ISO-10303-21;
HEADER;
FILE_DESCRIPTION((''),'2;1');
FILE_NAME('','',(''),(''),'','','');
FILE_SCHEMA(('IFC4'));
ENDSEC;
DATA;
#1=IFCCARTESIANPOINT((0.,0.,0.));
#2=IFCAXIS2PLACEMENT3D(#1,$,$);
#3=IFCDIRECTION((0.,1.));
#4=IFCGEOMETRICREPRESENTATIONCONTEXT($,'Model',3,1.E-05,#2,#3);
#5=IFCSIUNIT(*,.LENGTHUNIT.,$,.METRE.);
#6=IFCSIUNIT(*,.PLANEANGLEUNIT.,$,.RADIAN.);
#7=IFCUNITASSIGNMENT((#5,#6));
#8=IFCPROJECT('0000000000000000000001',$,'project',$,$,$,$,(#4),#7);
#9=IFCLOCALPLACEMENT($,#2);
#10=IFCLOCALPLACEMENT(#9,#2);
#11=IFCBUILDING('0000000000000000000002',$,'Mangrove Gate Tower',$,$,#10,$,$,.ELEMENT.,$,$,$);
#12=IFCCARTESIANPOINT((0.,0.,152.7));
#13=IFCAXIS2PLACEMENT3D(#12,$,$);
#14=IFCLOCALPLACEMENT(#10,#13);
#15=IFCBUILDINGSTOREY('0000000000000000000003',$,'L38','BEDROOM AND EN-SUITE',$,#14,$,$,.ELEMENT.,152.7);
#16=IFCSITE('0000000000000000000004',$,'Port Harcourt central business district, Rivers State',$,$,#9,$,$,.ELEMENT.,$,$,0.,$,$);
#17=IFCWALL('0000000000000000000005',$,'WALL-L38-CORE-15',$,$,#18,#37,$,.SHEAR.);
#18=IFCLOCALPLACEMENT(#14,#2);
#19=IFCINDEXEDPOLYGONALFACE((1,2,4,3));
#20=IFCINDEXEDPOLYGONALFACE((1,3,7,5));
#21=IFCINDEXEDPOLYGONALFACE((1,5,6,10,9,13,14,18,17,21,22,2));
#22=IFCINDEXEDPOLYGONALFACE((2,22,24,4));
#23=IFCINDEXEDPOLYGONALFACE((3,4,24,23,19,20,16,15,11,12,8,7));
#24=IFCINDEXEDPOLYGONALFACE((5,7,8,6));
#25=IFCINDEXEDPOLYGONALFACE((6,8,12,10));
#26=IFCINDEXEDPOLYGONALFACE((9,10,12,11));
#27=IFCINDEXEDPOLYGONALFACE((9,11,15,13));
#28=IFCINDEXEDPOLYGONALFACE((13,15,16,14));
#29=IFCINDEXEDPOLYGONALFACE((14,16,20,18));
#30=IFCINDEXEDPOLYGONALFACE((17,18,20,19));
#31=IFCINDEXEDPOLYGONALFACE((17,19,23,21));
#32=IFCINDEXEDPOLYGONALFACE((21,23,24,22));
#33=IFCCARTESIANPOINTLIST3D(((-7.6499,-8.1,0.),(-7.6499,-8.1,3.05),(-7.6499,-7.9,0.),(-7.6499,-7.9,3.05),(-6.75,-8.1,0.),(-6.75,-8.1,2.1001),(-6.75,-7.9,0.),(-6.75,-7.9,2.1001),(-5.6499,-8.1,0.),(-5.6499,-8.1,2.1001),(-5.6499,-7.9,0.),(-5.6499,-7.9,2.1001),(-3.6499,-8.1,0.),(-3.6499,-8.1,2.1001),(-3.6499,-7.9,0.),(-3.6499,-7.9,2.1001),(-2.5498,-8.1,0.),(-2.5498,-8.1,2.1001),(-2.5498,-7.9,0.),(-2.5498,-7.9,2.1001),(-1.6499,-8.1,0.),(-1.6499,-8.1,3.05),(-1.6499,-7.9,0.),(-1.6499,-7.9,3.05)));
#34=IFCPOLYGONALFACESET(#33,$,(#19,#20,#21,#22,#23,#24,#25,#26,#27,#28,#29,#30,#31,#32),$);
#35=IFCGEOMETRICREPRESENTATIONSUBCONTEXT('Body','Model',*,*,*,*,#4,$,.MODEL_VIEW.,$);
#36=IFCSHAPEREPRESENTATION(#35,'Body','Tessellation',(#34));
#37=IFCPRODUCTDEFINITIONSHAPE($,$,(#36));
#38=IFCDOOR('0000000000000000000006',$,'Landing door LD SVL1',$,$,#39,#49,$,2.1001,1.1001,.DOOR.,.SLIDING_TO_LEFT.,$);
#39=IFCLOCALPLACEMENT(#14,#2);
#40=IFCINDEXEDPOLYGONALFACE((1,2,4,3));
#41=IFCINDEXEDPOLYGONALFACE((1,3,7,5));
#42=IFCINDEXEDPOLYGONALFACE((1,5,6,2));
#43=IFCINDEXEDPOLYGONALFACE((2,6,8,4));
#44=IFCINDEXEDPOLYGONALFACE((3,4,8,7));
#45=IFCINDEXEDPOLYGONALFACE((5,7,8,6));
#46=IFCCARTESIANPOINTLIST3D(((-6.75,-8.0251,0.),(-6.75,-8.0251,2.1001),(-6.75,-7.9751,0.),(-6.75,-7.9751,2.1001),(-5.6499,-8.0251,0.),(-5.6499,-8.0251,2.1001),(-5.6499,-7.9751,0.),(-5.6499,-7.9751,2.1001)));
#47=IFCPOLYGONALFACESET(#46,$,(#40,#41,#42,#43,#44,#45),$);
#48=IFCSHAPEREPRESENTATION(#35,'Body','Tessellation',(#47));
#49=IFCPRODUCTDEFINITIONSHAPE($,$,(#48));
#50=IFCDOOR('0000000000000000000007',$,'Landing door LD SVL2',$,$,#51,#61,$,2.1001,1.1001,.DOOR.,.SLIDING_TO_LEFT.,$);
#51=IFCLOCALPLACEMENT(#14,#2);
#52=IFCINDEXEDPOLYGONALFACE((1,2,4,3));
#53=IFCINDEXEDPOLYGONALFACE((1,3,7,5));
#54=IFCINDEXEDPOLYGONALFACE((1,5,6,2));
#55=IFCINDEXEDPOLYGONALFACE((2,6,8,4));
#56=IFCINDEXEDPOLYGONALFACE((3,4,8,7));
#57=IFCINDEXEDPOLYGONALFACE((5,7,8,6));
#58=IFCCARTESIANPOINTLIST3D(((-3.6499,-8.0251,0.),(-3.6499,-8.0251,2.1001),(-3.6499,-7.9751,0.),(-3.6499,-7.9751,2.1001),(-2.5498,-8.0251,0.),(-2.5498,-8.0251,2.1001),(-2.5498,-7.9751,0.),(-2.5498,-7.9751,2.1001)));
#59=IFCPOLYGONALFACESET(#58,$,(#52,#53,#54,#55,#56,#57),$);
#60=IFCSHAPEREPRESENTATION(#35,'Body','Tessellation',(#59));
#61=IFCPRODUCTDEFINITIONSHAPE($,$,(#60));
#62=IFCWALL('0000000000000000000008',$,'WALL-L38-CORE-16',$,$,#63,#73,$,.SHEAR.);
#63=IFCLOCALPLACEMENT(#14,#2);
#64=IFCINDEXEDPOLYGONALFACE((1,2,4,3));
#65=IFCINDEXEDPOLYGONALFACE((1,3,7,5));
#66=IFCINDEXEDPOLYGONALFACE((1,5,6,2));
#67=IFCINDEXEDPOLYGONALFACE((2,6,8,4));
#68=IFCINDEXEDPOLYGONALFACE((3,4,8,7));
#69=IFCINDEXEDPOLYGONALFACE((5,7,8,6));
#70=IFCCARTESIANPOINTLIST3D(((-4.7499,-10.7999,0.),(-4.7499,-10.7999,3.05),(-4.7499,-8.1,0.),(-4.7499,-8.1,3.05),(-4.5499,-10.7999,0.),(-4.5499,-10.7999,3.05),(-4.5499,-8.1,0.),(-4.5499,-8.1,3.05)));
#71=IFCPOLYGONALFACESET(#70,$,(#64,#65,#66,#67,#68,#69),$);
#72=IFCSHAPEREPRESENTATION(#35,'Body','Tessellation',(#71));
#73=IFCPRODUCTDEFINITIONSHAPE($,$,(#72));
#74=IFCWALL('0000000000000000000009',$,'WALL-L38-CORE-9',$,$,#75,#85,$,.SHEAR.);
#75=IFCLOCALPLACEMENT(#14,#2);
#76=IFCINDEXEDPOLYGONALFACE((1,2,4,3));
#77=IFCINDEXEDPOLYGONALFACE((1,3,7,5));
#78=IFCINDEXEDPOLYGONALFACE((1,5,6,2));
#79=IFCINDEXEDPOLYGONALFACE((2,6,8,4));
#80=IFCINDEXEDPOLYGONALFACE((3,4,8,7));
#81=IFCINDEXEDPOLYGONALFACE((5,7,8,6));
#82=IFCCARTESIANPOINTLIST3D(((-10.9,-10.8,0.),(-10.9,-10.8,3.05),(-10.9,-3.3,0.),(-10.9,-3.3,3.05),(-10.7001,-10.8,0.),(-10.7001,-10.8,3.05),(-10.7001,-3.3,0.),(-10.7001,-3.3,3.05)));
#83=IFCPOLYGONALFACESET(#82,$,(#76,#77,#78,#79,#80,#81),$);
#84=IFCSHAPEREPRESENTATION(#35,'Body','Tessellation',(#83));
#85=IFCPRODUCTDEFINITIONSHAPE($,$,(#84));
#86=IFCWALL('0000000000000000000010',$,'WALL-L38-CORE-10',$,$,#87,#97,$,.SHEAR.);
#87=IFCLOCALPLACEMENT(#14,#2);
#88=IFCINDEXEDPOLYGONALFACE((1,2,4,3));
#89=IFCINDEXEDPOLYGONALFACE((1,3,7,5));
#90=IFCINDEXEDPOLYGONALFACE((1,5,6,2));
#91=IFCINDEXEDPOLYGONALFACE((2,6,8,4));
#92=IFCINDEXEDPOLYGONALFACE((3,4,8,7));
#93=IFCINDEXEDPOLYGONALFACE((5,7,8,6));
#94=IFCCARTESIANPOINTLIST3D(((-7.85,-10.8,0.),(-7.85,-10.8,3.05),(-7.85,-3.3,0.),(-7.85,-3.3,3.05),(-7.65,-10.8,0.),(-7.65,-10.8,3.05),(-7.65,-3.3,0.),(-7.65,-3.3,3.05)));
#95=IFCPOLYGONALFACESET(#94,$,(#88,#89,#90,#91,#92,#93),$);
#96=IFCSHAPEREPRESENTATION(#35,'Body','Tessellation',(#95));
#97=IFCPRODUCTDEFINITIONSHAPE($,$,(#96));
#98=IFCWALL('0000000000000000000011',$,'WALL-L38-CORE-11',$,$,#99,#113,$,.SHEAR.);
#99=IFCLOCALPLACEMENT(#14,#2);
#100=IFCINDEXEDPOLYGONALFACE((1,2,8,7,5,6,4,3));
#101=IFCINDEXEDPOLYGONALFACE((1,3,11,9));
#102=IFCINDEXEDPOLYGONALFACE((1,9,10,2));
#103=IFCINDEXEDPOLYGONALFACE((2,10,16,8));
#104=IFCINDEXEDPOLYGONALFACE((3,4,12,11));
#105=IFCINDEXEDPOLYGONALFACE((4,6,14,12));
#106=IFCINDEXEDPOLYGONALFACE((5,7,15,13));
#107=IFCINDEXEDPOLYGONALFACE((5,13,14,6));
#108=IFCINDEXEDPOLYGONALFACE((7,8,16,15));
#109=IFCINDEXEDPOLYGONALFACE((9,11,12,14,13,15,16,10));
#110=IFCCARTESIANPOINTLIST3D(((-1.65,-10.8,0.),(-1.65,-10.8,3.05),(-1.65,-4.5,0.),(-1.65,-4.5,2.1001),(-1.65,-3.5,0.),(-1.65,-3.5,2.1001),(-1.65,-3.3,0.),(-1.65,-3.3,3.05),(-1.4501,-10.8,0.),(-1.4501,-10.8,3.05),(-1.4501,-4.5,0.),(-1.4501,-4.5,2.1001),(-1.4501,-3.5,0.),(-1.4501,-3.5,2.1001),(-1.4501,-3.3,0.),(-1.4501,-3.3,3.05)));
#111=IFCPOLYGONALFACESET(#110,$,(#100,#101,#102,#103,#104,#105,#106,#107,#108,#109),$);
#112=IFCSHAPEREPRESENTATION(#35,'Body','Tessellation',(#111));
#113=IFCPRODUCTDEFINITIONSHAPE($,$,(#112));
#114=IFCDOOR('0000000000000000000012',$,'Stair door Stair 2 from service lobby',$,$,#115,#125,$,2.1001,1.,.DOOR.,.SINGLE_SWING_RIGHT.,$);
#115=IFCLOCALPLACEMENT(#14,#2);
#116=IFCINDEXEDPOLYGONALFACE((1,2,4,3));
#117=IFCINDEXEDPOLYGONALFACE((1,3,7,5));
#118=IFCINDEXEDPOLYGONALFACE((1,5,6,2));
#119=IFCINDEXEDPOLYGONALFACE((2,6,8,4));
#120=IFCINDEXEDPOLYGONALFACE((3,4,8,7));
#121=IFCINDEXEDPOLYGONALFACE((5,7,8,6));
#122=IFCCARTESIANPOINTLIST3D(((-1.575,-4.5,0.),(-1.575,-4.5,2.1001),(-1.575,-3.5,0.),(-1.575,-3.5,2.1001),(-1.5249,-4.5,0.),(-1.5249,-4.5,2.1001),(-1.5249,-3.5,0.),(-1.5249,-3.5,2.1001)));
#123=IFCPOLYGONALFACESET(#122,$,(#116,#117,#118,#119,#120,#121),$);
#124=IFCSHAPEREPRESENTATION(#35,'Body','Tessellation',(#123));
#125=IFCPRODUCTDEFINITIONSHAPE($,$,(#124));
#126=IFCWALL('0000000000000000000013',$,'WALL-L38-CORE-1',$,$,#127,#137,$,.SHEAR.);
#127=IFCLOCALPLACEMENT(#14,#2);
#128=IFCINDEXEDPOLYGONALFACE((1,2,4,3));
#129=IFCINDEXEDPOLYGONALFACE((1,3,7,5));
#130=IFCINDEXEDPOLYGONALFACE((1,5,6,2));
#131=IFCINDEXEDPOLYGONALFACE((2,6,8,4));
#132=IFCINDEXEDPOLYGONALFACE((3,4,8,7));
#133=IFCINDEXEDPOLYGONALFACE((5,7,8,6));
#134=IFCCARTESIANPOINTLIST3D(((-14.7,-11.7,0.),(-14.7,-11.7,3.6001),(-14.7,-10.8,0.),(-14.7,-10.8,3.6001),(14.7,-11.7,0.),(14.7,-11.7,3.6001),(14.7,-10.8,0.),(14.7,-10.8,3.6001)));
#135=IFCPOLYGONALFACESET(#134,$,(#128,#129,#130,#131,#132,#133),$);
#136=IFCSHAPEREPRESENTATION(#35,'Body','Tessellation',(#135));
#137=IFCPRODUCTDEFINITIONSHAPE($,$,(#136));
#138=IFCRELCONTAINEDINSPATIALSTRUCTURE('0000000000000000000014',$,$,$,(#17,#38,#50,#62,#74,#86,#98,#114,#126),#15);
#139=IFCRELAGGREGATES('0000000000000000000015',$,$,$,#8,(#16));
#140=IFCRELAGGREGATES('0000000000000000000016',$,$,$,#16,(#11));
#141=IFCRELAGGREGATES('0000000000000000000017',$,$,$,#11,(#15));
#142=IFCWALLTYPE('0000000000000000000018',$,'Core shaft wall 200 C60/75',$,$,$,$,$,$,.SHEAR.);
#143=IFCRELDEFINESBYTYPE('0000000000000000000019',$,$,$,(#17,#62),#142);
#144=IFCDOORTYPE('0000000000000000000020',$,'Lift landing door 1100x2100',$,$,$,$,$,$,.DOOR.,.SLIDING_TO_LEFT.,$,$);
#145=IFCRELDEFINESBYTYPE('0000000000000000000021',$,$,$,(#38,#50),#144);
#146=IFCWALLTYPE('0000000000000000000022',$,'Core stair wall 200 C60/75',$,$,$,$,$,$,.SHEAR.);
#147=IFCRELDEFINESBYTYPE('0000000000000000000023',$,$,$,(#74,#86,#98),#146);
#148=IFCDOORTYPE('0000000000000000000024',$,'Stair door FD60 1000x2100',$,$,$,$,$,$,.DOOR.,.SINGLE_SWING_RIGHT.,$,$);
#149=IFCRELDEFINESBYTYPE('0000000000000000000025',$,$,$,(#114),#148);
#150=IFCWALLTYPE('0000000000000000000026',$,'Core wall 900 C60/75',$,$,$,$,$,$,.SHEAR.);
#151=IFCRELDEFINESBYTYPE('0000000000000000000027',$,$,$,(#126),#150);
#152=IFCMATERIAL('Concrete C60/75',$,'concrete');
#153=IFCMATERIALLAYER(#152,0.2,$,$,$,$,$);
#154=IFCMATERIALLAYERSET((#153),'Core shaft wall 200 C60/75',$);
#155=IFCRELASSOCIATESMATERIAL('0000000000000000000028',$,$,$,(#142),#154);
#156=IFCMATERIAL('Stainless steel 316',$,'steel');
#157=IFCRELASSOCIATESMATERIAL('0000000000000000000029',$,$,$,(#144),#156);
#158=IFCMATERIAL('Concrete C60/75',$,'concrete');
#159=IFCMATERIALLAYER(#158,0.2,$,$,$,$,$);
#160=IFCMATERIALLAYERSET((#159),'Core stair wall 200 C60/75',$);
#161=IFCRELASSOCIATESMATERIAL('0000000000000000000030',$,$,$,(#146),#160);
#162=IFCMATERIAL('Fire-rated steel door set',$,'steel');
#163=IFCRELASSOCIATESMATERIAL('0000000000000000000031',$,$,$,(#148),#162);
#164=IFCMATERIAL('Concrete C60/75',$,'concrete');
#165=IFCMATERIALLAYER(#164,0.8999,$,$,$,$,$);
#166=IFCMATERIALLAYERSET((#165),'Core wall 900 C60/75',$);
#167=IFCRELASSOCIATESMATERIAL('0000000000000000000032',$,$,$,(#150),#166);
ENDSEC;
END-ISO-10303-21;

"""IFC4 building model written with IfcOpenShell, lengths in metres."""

from ifc_helpers import new_model, si_unit, direction, frame, frame_2d, origin, place, context, subcontext, project, spatial, rectangle, extrude, material, layer, layer_set, type_object, element, fill, save


model = new_model("IFC4")

# Units and contexts
model_context = context("Model", 3, precision=1e-05, world=origin(), true_north=direction((0.0, 1.0)))
body_context = subcontext(model_context, "Body", "Model", "MODEL_VIEW")
ifc_project = project(units=[si_unit("LENGTHUNIT", "METRE"), si_unit("PLANEANGLEUNIT", "RADIAN")], contexts=[model_context])

# Site, building, storey
site_placement = place(None, origin())
site = spatial("IfcSite", under=ifc_project, at=site_placement, Name="Port Harcourt central business district, Rivers State", CompositionType="ELEMENT", RefElevation=0.0)
building_placement = place(site_placement, origin())
building = spatial("IfcBuilding", under=site, at=building_placement, Name="Mangrove Gate Tower", CompositionType="ELEMENT")
storey_placement = place(building_placement, frame((0.0, 0.0, 152.7)))
storey = spatial("IfcBuildingStorey", under=building, at=storey_placement, Name="L38", Description="BEDROOM AND EN-SUITE", CompositionType="ELEMENT", Elevation=152.7)

# Wall, openings, doors
ifc_material_1 = material(Name="Concrete C60/75", Category="concrete")
ifc_layer_1 = layer(ifc_material_1, 0.2)
ifc_layer_set_1 = layer_set([ifc_layer_1], Name="Core shaft wall 200 C60/75")
wall_type_1 = type_object("IfcWallType", Name="Core shaft wall 200 C60/75", PredefinedType="SHEAR", material=ifc_layer_set_1)
wall_1_placement = place(storey_placement, frame((-7.6499, -8.0, 0.0), z_axis=(0.0, 0.0, 1.0), x_axis=(1.0, 0.0, 0.0)))
wall_1 = element("IfcWall", 1, at=wall_1_placement, inside=storey, type_object=wall_type_1, Name="WALL-L38-CORE-15", PredefinedType="SHEAR", context=body_context, shape_type="SweptSolid", body=[
    extrude(rectangle(XDim=6.0, YDim=0.2, at=frame_2d((3.0, 0.0))), origin(), (0.0, 0.0, 1.0), 3.05),
])
opening_1_placement = place(wall_1_placement, frame((0.8999, 0.0, 0.0)))
opening_1 = element("IfcOpeningElement", 2, at=opening_1_placement, cuts=wall_1, PredefinedType="OPENING", context=body_context, shape_type="SweptSolid", body=[
    extrude(rectangle(XDim=1.1001, YDim=2.1001, at=frame_2d((0.55, 1.05))), frame((0.0, 0.1099, 0.0), z_axis=(0.0, -1.0, 0.0), x_axis=(1.0, 0.0, 0.0)), (0.0, 0.0, 1.0), 0.22),
])
opening_2_placement = place(wall_1_placement, frame((4.0, 0.0, 0.0)))
opening_2 = element("IfcOpeningElement", 3, at=opening_2_placement, cuts=wall_1, PredefinedType="OPENING", context=body_context, shape_type="SweptSolid", body=[
    extrude(rectangle(XDim=1.1001, YDim=2.1001, at=frame_2d((0.55, 1.05))), frame((0.0, 0.1099, 0.0), z_axis=(0.0, -1.0, 0.0), x_axis=(1.0, 0.0, 0.0)), (0.0, 0.0, 1.0), 0.22),
])
ifc_material_2 = material(Name="Stainless steel 316", Category="steel")
door_type_1 = type_object("IfcDoorType", Name="Lift landing door 1100x2100", OperationType="SLIDING_TO_LEFT", PredefinedType="DOOR", material=ifc_material_2)
door_1_placement = place(opening_1_placement, origin())
door_1 = element("IfcDoor", 4, at=door_1_placement, inside=storey, type_object=door_type_1, Name="Landing door LD SVL1", OperationType="SLIDING_TO_LEFT", OverallHeight=2.1001, OverallWidth=1.1001, PredefinedType="DOOR", context=body_context, shape_type="SweptSolid", body=[
    extrude(rectangle(XDim=1.1001, YDim=2.1001, at=frame_2d((0.55, 1.05))), frame((0.0, 0.0249, 0.0), z_axis=(0.0, -1.0, 0.0), x_axis=(1.0, 0.0, 0.0)), (0.0, 0.0, 1.0), 0.05),
])
fill(opening_1, door_1)
door_2_placement = place(opening_2_placement, origin())
door_2 = element("IfcDoor", 5, at=door_2_placement, inside=storey, type_object=door_type_1, Name="Landing door LD SVL2", OperationType="SLIDING_TO_LEFT", OverallHeight=2.1001, OverallWidth=1.1001, PredefinedType="DOOR", context=body_context, shape_type="SweptSolid", body=[
    extrude(rectangle(XDim=1.1001, YDim=2.1001, at=frame_2d((0.55, 1.05))), frame((0.0, 0.0249, 0.0), z_axis=(0.0, -1.0, 0.0), x_axis=(1.0, 0.0, 0.0)), (0.0, 0.0, 1.0), 0.05),
])
fill(opening_2, door_2)

# Walls
wall_2_placement = place(storey_placement, frame((-4.6499, -10.8, 0.0), z_axis=(0.0, 0.0, 1.0), x_axis=(0.0, 1.0, 0.0)))
element("IfcWall", 6, at=wall_2_placement, inside=storey, type_object=wall_type_1, Name="WALL-L38-CORE-16", PredefinedType="SHEAR", context=body_context, shape_type="SweptSolid", body=[
    extrude(rectangle(XDim=2.7, YDim=0.2, at=frame_2d((1.3501, 0.0))), origin(), (0.0, 0.0, 1.0), 3.05),
])
ifc_material_3 = material(Name="Concrete C60/75", Category="concrete")
ifc_layer_2 = layer(ifc_material_3, 0.2)
ifc_layer_set_2 = layer_set([ifc_layer_2], Name="Core stair wall 200 C60/75")
wall_type_2 = type_object("IfcWallType", Name="Core stair wall 200 C60/75", PredefinedType="SHEAR", material=ifc_layer_set_2)
for number, where, z_axis, x_axis, name in (
    (7, (-10.8, -10.8, 0.0), (0.0, 0.0, 1.0), (0.0, 1.0, 0.0), "WALL-L38-CORE-9"),
    (8, (-7.75, -10.8, 0.0), (0.0, 0.0, 1.0), (0.0, 1.0, 0.0), "WALL-L38-CORE-10"),
):
    element("IfcWall", number, at=place(storey_placement, frame(where, z_axis=z_axis, x_axis=x_axis)), inside=storey, type_object=wall_type_2, Name=name, PredefinedType="SHEAR", context=body_context, shape_type="SweptSolid", body=[
        extrude(rectangle(XDim=7.5, YDim=0.2, at=frame_2d((3.75, 0.0))), origin(), (0.0, 0.0, 1.0), 3.05),
    ])

# Wall, opening, door
wall_3_placement = place(storey_placement, frame((-1.55, -10.8, 0.0), z_axis=(0.0, 0.0, 1.0), x_axis=(0.0, 1.0, 0.0)))
wall_3 = element("IfcWall", 9, at=wall_3_placement, inside=storey, type_object=wall_type_2, Name="WALL-L38-CORE-11", PredefinedType="SHEAR", context=body_context, shape_type="SweptSolid", body=[
    extrude(rectangle(XDim=7.5, YDim=0.2, at=frame_2d((3.75, 0.0))), origin(), (0.0, 0.0, 1.0), 3.05),
])
opening_3_placement = place(wall_3_placement, frame((6.3, 0.0, 0.0)))
opening_3 = element("IfcOpeningElement", 10, at=opening_3_placement, cuts=wall_3, PredefinedType="OPENING", context=body_context, shape_type="SweptSolid", body=[
    extrude(rectangle(XDim=1.0, YDim=2.1001, at=frame_2d((0.5, 1.05))), frame((0.0, 0.1099, 0.0), z_axis=(0.0, -1.0, 0.0), x_axis=(1.0, 0.0, 0.0)), (0.0, 0.0, 1.0), 0.22),
])
ifc_material_4 = material(Name="Fire-rated steel door set", Category="steel")
door_type_2 = type_object("IfcDoorType", Name="Stair door FD60 1000x2100", OperationType="SINGLE_SWING_RIGHT", PredefinedType="DOOR", material=ifc_material_4)
door_3_placement = place(opening_3_placement, origin())
door_3 = element("IfcDoor", 11, at=door_3_placement, inside=storey, type_object=door_type_2, Name="Stair door Stair 2 from service lobby", OperationType="SINGLE_SWING_RIGHT", OverallHeight=2.1001, OverallWidth=1.0, PredefinedType="DOOR", context=body_context, shape_type="SweptSolid", body=[
    extrude(rectangle(XDim=1.0, YDim=2.1001, at=frame_2d((0.5, 1.05))), frame((0.0, 0.0249, 0.0), z_axis=(0.0, -1.0, 0.0), x_axis=(1.0, 0.0, 0.0)), (0.0, 0.0, 1.0), 0.05),
])
fill(opening_3, door_3)

# Wall
ifc_material_5 = material(Name="Concrete C60/75", Category="concrete")
ifc_layer_3 = layer(ifc_material_5, 0.8999)
ifc_layer_set_3 = layer_set([ifc_layer_3], Name="Core wall 900 C60/75")
wall_type_3 = type_object("IfcWallType", Name="Core wall 900 C60/75", PredefinedType="SHEAR", material=ifc_layer_set_3)
wall_4_placement = place(storey_placement, frame((-14.7, -11.25, 0.0), z_axis=(0.0, 0.0, 1.0), x_axis=(1.0, 0.0, 0.0)))
element("IfcWall", 12, at=wall_4_placement, inside=storey, type_object=wall_type_3, Name="WALL-L38-CORE-1", PredefinedType="SHEAR", context=body_context, shape_type="SweptSolid", body=[
    extrude(rectangle(XDim=29.3999, YDim=0.8999, at=frame_2d((14.7, 0.0))), origin(), (0.0, 0.0, 1.0), 3.6001),
])

save(model, "model.ifc")
